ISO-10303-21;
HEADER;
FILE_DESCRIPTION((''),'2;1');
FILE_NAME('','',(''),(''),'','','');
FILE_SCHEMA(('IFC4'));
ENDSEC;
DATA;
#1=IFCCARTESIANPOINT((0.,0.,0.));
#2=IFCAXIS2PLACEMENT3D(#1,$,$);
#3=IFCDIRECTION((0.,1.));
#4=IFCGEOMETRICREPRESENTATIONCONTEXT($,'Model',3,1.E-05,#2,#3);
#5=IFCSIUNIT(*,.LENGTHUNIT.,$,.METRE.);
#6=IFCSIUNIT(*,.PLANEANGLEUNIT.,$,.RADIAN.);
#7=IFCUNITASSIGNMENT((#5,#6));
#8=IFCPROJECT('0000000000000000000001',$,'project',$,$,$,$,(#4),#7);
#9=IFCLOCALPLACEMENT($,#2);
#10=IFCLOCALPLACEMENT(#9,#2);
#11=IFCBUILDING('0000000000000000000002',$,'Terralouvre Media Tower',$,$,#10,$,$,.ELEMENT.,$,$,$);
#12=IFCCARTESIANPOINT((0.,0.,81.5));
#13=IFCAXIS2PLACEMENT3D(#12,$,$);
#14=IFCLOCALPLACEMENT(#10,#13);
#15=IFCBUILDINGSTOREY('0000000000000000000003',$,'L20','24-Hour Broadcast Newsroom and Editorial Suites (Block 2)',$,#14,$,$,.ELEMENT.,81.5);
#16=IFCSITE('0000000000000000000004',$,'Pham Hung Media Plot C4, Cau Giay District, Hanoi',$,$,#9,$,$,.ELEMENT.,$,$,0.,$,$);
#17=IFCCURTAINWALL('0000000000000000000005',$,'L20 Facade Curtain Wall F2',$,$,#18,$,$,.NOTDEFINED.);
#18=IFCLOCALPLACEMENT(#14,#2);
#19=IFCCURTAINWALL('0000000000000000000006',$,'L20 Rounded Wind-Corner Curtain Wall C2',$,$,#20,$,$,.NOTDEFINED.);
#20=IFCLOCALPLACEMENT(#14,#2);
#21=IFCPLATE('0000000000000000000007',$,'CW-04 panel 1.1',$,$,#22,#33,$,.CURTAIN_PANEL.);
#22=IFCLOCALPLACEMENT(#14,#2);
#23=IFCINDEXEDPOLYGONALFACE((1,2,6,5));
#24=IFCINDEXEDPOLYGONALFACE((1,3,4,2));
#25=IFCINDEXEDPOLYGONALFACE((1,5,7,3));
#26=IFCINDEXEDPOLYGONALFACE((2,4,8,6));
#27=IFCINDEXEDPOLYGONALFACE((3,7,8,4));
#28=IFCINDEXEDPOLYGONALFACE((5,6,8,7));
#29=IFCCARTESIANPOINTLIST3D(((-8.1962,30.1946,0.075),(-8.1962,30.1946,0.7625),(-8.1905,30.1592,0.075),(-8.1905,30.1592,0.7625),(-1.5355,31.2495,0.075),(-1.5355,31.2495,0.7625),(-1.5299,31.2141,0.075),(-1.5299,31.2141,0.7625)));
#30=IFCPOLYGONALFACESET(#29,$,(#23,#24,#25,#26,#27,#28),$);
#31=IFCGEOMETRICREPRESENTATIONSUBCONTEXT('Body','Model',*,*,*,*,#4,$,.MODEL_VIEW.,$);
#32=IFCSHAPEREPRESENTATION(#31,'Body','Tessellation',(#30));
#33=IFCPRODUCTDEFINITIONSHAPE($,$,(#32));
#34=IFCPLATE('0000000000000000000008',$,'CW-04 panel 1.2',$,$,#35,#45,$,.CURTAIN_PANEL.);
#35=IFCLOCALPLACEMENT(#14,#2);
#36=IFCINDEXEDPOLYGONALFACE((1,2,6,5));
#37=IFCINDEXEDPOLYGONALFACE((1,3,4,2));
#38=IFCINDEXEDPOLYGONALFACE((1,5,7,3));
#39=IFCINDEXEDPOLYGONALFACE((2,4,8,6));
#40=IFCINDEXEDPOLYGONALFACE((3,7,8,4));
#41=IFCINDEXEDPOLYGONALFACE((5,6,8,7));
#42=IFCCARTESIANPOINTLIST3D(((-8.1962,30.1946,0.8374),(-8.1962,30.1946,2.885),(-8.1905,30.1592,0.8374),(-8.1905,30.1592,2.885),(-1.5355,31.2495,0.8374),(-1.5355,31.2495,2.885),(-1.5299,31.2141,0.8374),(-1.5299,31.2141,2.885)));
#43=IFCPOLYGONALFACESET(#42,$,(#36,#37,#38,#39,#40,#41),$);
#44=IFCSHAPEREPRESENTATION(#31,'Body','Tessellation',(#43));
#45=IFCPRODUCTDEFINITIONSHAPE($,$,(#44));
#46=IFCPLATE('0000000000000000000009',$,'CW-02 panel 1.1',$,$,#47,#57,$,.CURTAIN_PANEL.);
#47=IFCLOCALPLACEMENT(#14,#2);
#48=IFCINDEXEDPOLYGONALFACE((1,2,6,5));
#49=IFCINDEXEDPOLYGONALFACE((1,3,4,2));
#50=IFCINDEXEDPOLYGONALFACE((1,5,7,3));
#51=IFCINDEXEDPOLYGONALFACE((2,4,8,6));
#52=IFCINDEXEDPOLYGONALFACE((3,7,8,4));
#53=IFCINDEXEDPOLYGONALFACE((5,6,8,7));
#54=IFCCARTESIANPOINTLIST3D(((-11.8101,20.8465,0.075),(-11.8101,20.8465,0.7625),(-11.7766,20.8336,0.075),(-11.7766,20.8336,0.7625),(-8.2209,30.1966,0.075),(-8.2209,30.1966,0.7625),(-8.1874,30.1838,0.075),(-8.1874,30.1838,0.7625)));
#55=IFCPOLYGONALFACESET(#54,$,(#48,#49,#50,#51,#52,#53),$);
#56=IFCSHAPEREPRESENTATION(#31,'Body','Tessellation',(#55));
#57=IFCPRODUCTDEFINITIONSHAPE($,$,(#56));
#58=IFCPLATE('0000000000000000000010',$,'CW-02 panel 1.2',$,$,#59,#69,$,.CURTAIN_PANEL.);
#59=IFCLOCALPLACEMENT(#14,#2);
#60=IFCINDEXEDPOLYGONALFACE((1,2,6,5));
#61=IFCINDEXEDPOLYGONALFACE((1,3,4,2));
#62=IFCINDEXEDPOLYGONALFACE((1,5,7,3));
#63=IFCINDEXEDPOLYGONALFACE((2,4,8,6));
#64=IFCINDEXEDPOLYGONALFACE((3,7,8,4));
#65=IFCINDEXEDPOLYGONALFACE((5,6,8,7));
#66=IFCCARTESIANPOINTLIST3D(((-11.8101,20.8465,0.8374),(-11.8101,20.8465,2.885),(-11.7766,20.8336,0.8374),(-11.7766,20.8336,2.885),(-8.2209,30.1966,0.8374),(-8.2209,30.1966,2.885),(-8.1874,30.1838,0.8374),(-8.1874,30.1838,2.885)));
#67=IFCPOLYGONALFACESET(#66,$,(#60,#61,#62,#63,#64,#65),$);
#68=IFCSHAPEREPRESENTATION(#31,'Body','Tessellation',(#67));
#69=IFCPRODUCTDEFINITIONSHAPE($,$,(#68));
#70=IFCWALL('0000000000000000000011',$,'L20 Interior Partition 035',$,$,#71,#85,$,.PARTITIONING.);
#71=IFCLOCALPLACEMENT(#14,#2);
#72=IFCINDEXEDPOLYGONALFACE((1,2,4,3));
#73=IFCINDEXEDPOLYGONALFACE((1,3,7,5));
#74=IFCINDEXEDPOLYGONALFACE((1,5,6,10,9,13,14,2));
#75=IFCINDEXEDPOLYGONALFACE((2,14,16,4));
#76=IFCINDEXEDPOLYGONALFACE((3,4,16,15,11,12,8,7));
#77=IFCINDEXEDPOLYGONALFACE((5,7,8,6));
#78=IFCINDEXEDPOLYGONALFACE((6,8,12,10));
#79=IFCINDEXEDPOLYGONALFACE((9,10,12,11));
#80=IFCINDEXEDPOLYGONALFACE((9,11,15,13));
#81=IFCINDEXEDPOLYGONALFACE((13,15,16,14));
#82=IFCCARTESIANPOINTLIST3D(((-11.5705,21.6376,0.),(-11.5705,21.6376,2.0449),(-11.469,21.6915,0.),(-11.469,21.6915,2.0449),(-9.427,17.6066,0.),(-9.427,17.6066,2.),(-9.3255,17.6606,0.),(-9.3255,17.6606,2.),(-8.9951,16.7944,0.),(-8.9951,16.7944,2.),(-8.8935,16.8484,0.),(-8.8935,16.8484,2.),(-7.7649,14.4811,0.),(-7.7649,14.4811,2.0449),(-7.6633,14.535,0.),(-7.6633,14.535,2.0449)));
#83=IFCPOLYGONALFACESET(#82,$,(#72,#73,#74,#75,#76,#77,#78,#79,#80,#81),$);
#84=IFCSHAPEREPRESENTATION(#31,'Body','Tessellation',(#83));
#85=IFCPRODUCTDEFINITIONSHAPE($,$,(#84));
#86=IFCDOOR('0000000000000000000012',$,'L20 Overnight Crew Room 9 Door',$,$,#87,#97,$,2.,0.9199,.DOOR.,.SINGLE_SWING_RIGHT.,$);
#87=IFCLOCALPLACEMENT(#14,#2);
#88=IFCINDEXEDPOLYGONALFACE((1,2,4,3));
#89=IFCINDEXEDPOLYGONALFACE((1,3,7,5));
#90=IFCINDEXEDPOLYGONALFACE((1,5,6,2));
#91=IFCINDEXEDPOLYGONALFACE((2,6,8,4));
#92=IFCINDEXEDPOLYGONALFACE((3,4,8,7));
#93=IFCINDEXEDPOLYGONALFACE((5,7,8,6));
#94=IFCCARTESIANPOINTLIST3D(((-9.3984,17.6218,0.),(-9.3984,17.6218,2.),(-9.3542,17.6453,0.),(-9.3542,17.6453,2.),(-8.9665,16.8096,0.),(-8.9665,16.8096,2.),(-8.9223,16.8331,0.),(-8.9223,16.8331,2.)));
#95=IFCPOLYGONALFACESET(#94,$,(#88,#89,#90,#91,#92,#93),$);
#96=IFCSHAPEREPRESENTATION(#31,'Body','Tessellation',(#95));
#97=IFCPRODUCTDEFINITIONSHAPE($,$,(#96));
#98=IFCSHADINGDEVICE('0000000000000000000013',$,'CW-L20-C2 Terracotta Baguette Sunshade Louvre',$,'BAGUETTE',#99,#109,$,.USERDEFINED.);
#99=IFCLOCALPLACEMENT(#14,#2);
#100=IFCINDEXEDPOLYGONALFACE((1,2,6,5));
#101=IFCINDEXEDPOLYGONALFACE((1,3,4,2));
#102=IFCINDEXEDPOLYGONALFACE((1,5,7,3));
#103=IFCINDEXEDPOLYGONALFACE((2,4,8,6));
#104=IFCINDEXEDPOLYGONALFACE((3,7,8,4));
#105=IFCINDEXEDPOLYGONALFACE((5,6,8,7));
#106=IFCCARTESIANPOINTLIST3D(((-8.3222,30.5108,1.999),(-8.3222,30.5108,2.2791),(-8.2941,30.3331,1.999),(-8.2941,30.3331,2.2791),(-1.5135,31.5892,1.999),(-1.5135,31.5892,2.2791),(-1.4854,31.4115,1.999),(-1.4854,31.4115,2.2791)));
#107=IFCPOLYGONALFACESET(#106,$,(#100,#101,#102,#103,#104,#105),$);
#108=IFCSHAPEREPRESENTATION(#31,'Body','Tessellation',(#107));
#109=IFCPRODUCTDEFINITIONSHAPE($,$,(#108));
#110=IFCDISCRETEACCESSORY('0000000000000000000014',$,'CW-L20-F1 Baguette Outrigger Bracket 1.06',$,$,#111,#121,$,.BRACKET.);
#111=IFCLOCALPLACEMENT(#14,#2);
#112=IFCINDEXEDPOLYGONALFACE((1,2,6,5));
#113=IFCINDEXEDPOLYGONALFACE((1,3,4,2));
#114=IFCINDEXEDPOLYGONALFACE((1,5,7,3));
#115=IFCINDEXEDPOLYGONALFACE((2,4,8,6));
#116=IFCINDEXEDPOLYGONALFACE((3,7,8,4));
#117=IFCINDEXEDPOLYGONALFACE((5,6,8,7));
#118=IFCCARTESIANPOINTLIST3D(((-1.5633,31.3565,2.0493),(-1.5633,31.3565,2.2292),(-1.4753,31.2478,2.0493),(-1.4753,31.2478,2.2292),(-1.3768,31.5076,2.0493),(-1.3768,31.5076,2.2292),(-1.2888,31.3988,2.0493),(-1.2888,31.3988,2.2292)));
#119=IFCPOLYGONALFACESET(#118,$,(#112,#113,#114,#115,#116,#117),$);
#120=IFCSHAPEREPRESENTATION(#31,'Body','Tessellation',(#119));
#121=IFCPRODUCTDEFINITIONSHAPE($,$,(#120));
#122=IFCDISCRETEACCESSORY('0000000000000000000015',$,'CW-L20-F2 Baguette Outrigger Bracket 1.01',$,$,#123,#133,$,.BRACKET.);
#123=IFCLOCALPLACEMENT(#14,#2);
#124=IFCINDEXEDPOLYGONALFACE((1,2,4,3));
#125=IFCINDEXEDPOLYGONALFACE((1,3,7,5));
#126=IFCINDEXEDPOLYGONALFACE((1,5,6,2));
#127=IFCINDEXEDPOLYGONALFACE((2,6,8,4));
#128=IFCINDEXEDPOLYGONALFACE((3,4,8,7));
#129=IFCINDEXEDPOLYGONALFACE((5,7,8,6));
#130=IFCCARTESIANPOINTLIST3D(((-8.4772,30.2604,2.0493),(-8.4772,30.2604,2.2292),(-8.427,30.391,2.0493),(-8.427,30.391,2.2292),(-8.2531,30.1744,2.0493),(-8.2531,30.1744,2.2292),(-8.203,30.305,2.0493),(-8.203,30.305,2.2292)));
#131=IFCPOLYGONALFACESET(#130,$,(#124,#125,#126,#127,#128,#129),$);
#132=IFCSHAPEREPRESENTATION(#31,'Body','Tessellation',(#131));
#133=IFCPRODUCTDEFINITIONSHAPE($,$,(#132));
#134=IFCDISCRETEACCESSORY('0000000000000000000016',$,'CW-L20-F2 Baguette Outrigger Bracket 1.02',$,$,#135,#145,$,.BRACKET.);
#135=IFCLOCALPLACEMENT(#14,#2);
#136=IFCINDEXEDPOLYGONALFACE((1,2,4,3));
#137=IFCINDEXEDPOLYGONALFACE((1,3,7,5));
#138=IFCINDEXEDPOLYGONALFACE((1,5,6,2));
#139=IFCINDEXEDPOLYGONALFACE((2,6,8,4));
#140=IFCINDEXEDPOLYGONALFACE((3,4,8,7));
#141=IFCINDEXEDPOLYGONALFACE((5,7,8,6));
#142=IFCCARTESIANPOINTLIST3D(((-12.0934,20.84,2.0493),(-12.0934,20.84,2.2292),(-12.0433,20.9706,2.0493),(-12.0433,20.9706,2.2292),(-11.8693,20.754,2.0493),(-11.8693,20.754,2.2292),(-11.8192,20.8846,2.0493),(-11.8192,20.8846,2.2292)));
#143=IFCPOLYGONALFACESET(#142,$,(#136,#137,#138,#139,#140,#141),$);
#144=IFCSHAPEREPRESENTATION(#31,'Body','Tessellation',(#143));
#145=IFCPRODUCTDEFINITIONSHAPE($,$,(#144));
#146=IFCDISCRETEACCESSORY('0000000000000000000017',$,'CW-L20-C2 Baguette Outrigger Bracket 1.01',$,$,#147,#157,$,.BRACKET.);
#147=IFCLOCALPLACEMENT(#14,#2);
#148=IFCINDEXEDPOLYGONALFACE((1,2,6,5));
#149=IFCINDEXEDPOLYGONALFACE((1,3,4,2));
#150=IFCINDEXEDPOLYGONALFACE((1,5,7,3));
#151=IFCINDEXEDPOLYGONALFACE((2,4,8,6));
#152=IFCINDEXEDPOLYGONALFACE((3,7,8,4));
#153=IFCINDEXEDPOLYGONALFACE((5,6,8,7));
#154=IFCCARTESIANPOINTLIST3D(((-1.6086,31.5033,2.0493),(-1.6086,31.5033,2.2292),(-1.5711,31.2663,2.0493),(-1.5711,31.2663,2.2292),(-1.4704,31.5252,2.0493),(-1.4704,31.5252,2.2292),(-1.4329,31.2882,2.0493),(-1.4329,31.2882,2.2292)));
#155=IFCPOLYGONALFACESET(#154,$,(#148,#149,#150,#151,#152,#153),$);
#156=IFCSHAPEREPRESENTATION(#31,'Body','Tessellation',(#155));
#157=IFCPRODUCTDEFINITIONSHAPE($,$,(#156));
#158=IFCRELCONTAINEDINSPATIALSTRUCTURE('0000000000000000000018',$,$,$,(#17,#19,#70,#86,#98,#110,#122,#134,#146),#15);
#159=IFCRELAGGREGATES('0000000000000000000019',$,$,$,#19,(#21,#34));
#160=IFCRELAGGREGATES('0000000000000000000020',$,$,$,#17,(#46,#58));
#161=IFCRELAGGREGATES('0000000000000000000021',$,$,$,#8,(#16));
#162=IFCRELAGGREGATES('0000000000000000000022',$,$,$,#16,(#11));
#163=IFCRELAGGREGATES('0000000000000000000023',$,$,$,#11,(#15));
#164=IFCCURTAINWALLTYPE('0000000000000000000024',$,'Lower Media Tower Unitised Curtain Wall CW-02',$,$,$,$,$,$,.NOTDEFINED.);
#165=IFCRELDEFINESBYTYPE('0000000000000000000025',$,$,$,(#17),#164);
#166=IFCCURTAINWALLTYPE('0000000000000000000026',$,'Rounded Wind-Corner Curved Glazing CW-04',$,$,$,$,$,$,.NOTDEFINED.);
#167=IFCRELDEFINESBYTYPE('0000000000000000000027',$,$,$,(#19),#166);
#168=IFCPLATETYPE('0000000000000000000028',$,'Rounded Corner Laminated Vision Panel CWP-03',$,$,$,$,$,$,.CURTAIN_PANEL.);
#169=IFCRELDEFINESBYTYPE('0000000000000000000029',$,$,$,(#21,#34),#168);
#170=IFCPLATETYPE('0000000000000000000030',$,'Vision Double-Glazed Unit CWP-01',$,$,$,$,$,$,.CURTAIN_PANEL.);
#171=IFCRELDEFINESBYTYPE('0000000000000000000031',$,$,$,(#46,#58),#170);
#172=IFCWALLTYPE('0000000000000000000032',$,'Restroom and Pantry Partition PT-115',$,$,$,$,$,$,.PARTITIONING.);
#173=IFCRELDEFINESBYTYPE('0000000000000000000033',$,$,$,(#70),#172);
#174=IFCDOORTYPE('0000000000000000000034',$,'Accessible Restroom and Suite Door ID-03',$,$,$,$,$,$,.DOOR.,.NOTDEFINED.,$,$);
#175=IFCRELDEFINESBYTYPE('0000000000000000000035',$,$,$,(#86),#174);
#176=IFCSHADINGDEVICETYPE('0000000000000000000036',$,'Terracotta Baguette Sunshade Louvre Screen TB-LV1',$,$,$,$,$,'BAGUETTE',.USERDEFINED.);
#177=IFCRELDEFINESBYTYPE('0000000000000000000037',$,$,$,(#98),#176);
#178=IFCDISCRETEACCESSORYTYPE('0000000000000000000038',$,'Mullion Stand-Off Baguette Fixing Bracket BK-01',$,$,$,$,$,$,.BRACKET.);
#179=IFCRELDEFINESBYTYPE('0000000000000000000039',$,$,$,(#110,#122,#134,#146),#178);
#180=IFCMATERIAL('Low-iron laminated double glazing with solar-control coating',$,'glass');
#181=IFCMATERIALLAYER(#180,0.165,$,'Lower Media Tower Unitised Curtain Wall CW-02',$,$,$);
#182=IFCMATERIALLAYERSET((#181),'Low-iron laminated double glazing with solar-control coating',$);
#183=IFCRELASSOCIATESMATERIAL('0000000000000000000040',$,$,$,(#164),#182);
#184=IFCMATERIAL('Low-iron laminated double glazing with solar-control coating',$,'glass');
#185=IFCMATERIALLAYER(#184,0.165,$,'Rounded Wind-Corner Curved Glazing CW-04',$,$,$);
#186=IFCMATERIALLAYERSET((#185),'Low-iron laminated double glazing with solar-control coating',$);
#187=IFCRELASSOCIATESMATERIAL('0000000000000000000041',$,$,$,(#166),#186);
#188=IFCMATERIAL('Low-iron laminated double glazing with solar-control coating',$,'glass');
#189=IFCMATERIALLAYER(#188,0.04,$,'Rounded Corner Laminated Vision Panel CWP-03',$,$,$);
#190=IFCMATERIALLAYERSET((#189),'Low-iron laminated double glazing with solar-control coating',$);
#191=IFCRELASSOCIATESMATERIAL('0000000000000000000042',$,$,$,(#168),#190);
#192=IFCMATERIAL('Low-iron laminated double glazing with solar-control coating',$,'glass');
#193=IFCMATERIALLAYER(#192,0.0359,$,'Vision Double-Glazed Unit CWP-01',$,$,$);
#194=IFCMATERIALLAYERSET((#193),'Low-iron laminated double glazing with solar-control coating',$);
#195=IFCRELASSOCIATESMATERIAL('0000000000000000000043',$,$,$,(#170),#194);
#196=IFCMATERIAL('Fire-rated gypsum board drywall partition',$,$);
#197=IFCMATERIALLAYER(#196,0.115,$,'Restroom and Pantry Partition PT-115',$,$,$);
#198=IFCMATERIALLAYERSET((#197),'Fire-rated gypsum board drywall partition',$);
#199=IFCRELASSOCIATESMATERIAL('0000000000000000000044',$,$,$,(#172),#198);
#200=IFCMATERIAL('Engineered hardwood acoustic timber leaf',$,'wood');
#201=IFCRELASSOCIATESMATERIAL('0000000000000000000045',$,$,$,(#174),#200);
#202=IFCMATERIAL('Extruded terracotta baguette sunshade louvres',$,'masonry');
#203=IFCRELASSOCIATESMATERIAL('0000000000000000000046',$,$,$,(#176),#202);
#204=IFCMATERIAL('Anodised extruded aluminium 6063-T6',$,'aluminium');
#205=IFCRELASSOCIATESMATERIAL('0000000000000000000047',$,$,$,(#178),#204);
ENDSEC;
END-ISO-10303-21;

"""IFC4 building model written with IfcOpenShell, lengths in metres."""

from ifc_helpers import new_model, si_unit, direction, frame, frame_2d, origin, origin_2d, place, context, subcontext, project, spatial, rectangle, extrude, material, layer, layer_set, type_object, element, fill, aggregate, save


model = new_model("IFC4")

# Units and contexts
model_context = context("Model", 3, precision=1e-05, world=origin(), true_north=direction((0.0, 1.0)))
body_context = subcontext(model_context, "Body", "Model", "MODEL_VIEW")
ifc_project = project(units=[si_unit("LENGTHUNIT", "METRE"), si_unit("PLANEANGLEUNIT", "RADIAN")], contexts=[model_context])

# Site, building, storey
site_placement = place(None, origin())
site = spatial("IfcSite", under=ifc_project, at=site_placement, Name="Pham Hung Media Plot C4, Cau Giay District, Hanoi", CompositionType="ELEMENT", RefElevation=0.0)
building_placement = place(site_placement, origin())
building = spatial("IfcBuilding", under=site, at=building_placement, Name="Terralouvre Media Tower", CompositionType="ELEMENT")
storey_placement = place(building_placement, frame((0.0, 0.0, 81.5)))
storey = spatial("IfcBuildingStorey", under=building, at=storey_placement, Name="L20", Description="24-Hour Broadcast Newsroom and Editorial Suites (Block 2)", CompositionType="ELEMENT", Elevation=81.5)

# Curtain walls
ifc_material_1 = material(Name="Low-iron laminated double glazing with solar-control coating", Category="glass")
ifc_layer_1 = layer(ifc_material_1, 0.165, Name="Lower Media Tower Unitised Curtain Wall CW-02")
ifc_layer_set_1 = layer_set([ifc_layer_1], Name="Low-iron laminated double glazing with solar-control coating")
curtain_wall_type_1 = type_object("IfcCurtainWallType", Name="Lower Media Tower Unitised Curtain Wall CW-02", PredefinedType="NOTDEFINED", material=ifc_layer_set_1)
curtain_wall_1_placement = place(storey_placement, origin())
curtain_wall_1 = element("IfcCurtainWall", 1, at=curtain_wall_1_placement, inside=storey, type_object=curtain_wall_type_1, Name="L20 Facade Curtain Wall F2", PredefinedType="NOTDEFINED")
ifc_material_2 = material(Name="Low-iron laminated double glazing with solar-control coating", Category="glass")
ifc_layer_2 = layer(ifc_material_2, 0.165, Name="Rounded Wind-Corner Curved Glazing CW-04")
ifc_layer_set_2 = layer_set([ifc_layer_2], Name="Low-iron laminated double glazing with solar-control coating")
curtain_wall_type_2 = type_object("IfcCurtainWallType", Name="Rounded Wind-Corner Curved Glazing CW-04", PredefinedType="NOTDEFINED", material=ifc_layer_set_2)
curtain_wall_2_placement = place(storey_placement, origin())
curtain_wall_2 = element("IfcCurtainWall", 2, at=curtain_wall_2_placement, inside=storey, type_object=curtain_wall_type_2, Name="L20 Rounded Wind-Corner Curtain Wall C2", PredefinedType="NOTDEFINED")

# Plates
ifc_material_3 = material(Name="Low-iron laminated double glazing with solar-control coating", Category="glass")
ifc_layer_3 = layer(ifc_material_3, 0.04, Name="Rounded Corner Laminated Vision Panel CWP-03")
ifc_layer_set_3 = layer_set([ifc_layer_3], Name="Low-iron laminated double glazing with solar-control coating")
plate_type_1 = type_object("IfcPlateType", Name="Rounded Corner Laminated Vision Panel CWP-03", PredefinedType="CURTAIN_PANEL", material=ifc_layer_set_3)
plate_1_placement = place(storey_placement, frame((-4.863, 30.7043, 0.075), z_axis=(0.0, 0.0, 1.0), x_axis=(-0.987688, -0.156434, 0.0)))
plate_1 = element("IfcPlate", 3, at=plate_1_placement, type_object=plate_type_1, Name="CW-04 panel 1.1", PredefinedType="CURTAIN_PANEL", context=body_context, shape_type="SweptSolid", body=[
    extrude(rectangle(XDim=6.7437, YDim=0.0359, at=origin_2d()), origin(), (0.0, 0.0, 1.0), 0.6875),
])
plate_2_placement = place(storey_placement, frame((-4.863, 30.7043, 0.8374), z_axis=(0.0, 0.0, 1.0), x_axis=(-0.987688, -0.156434, 0.0)))
plate_2 = element("IfcPlate", 4, at=plate_2_placement, type_object=plate_type_1, Name="CW-04 panel 1.2", PredefinedType="CURTAIN_PANEL", context=body_context, shape_type="SweptSolid", body=[
    extrude(rectangle(XDim=6.7437, YDim=0.0359, at=origin_2d()), origin(), (0.0, 0.0, 1.0), 2.0476),
])
aggregate(curtain_wall_2, [plate_1, plate_2])
ifc_material_4 = material(Name="Low-iron laminated double glazing with solar-control coating", Category="glass")
ifc_layer_4 = layer(ifc_material_4, 0.0359, Name="Vision Double-Glazed Unit CWP-01")
ifc_layer_set_4 = layer_set([ifc_layer_4], Name="Low-iron laminated double glazing with solar-control coating")
plate_type_2 = type_object("IfcPlateType", Name="Vision Double-Glazed Unit CWP-01", PredefinedType="CURTAIN_PANEL", material=ifc_layer_set_4)
plate_3_placement = place(storey_placement, frame((-9.9988, 25.5151, 0.075), z_axis=(0.0, 0.0, 1.0), x_axis=(-0.358368, -0.93358, 0.0)))
plate_3 = element("IfcPlate", 5, at=plate_3_placement, type_object=plate_type_2, Name="CW-02 panel 1.1", PredefinedType="CURTAIN_PANEL", context=body_context, shape_type="SweptSolid", body=[
    extrude(rectangle(XDim=10.0154, YDim=0.0359, at=origin_2d()), origin(), (0.0, 0.0, 1.0), 0.6875),
])
plate_4_placement = place(storey_placement, frame((-9.9988, 25.5151, 0.8374), z_axis=(0.0, 0.0, 1.0), x_axis=(-0.358368, -0.93358, 0.0)))
plate_4 = element("IfcPlate", 6, at=plate_4_placement, type_object=plate_type_2, Name="CW-02 panel 1.2", PredefinedType="CURTAIN_PANEL", context=body_context, shape_type="SweptSolid", body=[
    extrude(rectangle(XDim=10.0154, YDim=0.0359, at=origin_2d()), origin(), (0.0, 0.0, 1.0), 2.0476),
])
aggregate(curtain_wall_1, [plate_3, plate_4])

# Wall, opening, door
ifc_material_5 = material(Name="Fire-rated gypsum board drywall partition")
ifc_layer_5 = layer(ifc_material_5, 0.115, Name="Restroom and Pantry Partition PT-115")
ifc_layer_set_5 = layer_set([ifc_layer_5], Name="Fire-rated gypsum board drywall partition")
wall_type = type_object("IfcWallType", Name="Restroom and Pantry Partition PT-115", PredefinedType="PARTITIONING", material=ifc_layer_set_5)
wall_placement = place(storey_placement, frame((-11.5198, 21.6646, 0.0), z_axis=(0.0, 0.0, 1.0), x_axis=(0.469519, -0.882923, 0.0)))
wall = element("IfcWall", 7, at=wall_placement, inside=storey, type_object=wall_type, Name="L20 Interior Partition 035", PredefinedType="PARTITIONING", context=body_context, shape_type="SweptSolid", body=[
    extrude(rectangle(XDim=8.1055, YDim=0.115, at=frame_2d((4.0527, 0.0))), origin(), (0.0, 0.0, 1.0), 2.0449),
])
opening_placement = place(wall_placement, frame((4.5654, 0.0, 0.0)))
opening = element("IfcOpeningElement", 8, at=opening_placement, cuts=wall, PredefinedType="OPENING", context=body_context, shape_type="SweptSolid", body=[
    extrude(rectangle(XDim=0.9199, YDim=2.0, at=frame_2d((0.46, 1.0))), frame((0.0, 0.0674, 0.0), z_axis=(0.0, -1.0, 0.0), x_axis=(1.0, 0.0, 0.0)), (0.0, 0.0, 1.0), 0.135),
])
ifc_material_6 = material(Name="Engineered hardwood acoustic timber leaf", Category="wood")
door_type = type_object("IfcDoorType", Name="Accessible Restroom and Suite Door ID-03", OperationType="NOTDEFINED", PredefinedType="DOOR", material=ifc_material_6)
door_placement = place(opening_placement, origin())
door = element("IfcDoor", 9, at=door_placement, inside=storey, type_object=door_type, Name="L20 Overnight Crew Room 9 Door", OperationType="SINGLE_SWING_RIGHT", OverallHeight=2.0, OverallWidth=0.9199, PredefinedType="DOOR", context=body_context, shape_type="SweptSolid", body=[
    extrude(rectangle(XDim=0.9199, YDim=2.0, at=frame_2d((0.46, 1.0))), frame((0.0, 0.0249, 0.0), z_axis=(0.0, -1.0, 0.0), x_axis=(1.0, 0.0, 0.0)), (0.0, 0.0, 1.0), 0.05),
])
fill(opening, door)

# Shading device
ifc_material_7 = material(Name="Extruded terracotta baguette sunshade louvres", Category="masonry")
shading_device_type = type_object("IfcShadingDeviceType", Name="Terracotta Baguette Sunshade Louvre Screen TB-LV1", ElementType="BAGUETTE", PredefinedType="USERDEFINED", material=ifc_material_7)
shading_device_placement = place(storey_placement, frame((-4.9038, 30.9612, 1.999), z_axis=(0.0, 0.0, 1.0), x_axis=(-0.987688, -0.156434, 0.0)))
element("IfcShadingDevice", 10, at=shading_device_placement, inside=storey, type_object=shading_device_type, Name="CW-L20-C2 Terracotta Baguette Sunshade Louvre", ObjectType="BAGUETTE", PredefinedType="USERDEFINED", context=body_context, shape_type="SweptSolid", body=[
    extrude(rectangle(XDim=6.8936, YDim=0.1799, at=origin_2d()), origin(), (0.0, 0.0, 1.0), 0.28),
])

# Discrete accessories
ifc_material_8 = material(Name="Anodised extruded aluminium 6063-T6", Category="aluminium")
discrete_accessory_type = type_object("IfcDiscreteAccessoryType", Name="Mullion Stand-Off Baguette Fixing Bracket BK-01", PredefinedType="BRACKET", material=ifc_material_8)
for number, where, z_axis, x_axis, name in (
    (11, (-1.426, 31.3777, 2.0493), (0.0, 0.0, 1.0), (-0.62932, 0.777146, 0.0), "CW-L20-F1 Baguette Outrigger Bracket 1.06"),
    (12, (-8.3401, 30.2827, 2.0493), (0.0, 0.0, 1.0), (-0.358368, -0.93358, 0.0), "CW-L20-F2 Baguette Outrigger Bracket 1.01"),
    (13, (-11.9563, 20.8623, 2.0493), (0.0, 0.0, 1.0), (-0.358368, -0.93358, 0.0), "CW-L20-F2 Baguette Outrigger Bracket 1.02"),
    (14, (-1.5208, 31.3958, 2.0493), (0.0, 0.0, 1.0), (-0.987688, -0.156434, 0.0), "CW-L20-C2 Baguette Outrigger Bracket 1.01"),
):
    element("IfcDiscreteAccessory", number, at=place(storey_placement, frame(where, z_axis=z_axis, x_axis=x_axis)), inside=storey, type_object=discrete_accessory_type, Name=name, PredefinedType="BRACKET", context=body_context, shape_type="SweptSolid", body=[
        extrude(rectangle(XDim=0.1399, YDim=0.24, at=origin_2d()), origin(), (0.0, 0.0, 1.0), 0.1799),
    ])

save(model, "model.ifc")
